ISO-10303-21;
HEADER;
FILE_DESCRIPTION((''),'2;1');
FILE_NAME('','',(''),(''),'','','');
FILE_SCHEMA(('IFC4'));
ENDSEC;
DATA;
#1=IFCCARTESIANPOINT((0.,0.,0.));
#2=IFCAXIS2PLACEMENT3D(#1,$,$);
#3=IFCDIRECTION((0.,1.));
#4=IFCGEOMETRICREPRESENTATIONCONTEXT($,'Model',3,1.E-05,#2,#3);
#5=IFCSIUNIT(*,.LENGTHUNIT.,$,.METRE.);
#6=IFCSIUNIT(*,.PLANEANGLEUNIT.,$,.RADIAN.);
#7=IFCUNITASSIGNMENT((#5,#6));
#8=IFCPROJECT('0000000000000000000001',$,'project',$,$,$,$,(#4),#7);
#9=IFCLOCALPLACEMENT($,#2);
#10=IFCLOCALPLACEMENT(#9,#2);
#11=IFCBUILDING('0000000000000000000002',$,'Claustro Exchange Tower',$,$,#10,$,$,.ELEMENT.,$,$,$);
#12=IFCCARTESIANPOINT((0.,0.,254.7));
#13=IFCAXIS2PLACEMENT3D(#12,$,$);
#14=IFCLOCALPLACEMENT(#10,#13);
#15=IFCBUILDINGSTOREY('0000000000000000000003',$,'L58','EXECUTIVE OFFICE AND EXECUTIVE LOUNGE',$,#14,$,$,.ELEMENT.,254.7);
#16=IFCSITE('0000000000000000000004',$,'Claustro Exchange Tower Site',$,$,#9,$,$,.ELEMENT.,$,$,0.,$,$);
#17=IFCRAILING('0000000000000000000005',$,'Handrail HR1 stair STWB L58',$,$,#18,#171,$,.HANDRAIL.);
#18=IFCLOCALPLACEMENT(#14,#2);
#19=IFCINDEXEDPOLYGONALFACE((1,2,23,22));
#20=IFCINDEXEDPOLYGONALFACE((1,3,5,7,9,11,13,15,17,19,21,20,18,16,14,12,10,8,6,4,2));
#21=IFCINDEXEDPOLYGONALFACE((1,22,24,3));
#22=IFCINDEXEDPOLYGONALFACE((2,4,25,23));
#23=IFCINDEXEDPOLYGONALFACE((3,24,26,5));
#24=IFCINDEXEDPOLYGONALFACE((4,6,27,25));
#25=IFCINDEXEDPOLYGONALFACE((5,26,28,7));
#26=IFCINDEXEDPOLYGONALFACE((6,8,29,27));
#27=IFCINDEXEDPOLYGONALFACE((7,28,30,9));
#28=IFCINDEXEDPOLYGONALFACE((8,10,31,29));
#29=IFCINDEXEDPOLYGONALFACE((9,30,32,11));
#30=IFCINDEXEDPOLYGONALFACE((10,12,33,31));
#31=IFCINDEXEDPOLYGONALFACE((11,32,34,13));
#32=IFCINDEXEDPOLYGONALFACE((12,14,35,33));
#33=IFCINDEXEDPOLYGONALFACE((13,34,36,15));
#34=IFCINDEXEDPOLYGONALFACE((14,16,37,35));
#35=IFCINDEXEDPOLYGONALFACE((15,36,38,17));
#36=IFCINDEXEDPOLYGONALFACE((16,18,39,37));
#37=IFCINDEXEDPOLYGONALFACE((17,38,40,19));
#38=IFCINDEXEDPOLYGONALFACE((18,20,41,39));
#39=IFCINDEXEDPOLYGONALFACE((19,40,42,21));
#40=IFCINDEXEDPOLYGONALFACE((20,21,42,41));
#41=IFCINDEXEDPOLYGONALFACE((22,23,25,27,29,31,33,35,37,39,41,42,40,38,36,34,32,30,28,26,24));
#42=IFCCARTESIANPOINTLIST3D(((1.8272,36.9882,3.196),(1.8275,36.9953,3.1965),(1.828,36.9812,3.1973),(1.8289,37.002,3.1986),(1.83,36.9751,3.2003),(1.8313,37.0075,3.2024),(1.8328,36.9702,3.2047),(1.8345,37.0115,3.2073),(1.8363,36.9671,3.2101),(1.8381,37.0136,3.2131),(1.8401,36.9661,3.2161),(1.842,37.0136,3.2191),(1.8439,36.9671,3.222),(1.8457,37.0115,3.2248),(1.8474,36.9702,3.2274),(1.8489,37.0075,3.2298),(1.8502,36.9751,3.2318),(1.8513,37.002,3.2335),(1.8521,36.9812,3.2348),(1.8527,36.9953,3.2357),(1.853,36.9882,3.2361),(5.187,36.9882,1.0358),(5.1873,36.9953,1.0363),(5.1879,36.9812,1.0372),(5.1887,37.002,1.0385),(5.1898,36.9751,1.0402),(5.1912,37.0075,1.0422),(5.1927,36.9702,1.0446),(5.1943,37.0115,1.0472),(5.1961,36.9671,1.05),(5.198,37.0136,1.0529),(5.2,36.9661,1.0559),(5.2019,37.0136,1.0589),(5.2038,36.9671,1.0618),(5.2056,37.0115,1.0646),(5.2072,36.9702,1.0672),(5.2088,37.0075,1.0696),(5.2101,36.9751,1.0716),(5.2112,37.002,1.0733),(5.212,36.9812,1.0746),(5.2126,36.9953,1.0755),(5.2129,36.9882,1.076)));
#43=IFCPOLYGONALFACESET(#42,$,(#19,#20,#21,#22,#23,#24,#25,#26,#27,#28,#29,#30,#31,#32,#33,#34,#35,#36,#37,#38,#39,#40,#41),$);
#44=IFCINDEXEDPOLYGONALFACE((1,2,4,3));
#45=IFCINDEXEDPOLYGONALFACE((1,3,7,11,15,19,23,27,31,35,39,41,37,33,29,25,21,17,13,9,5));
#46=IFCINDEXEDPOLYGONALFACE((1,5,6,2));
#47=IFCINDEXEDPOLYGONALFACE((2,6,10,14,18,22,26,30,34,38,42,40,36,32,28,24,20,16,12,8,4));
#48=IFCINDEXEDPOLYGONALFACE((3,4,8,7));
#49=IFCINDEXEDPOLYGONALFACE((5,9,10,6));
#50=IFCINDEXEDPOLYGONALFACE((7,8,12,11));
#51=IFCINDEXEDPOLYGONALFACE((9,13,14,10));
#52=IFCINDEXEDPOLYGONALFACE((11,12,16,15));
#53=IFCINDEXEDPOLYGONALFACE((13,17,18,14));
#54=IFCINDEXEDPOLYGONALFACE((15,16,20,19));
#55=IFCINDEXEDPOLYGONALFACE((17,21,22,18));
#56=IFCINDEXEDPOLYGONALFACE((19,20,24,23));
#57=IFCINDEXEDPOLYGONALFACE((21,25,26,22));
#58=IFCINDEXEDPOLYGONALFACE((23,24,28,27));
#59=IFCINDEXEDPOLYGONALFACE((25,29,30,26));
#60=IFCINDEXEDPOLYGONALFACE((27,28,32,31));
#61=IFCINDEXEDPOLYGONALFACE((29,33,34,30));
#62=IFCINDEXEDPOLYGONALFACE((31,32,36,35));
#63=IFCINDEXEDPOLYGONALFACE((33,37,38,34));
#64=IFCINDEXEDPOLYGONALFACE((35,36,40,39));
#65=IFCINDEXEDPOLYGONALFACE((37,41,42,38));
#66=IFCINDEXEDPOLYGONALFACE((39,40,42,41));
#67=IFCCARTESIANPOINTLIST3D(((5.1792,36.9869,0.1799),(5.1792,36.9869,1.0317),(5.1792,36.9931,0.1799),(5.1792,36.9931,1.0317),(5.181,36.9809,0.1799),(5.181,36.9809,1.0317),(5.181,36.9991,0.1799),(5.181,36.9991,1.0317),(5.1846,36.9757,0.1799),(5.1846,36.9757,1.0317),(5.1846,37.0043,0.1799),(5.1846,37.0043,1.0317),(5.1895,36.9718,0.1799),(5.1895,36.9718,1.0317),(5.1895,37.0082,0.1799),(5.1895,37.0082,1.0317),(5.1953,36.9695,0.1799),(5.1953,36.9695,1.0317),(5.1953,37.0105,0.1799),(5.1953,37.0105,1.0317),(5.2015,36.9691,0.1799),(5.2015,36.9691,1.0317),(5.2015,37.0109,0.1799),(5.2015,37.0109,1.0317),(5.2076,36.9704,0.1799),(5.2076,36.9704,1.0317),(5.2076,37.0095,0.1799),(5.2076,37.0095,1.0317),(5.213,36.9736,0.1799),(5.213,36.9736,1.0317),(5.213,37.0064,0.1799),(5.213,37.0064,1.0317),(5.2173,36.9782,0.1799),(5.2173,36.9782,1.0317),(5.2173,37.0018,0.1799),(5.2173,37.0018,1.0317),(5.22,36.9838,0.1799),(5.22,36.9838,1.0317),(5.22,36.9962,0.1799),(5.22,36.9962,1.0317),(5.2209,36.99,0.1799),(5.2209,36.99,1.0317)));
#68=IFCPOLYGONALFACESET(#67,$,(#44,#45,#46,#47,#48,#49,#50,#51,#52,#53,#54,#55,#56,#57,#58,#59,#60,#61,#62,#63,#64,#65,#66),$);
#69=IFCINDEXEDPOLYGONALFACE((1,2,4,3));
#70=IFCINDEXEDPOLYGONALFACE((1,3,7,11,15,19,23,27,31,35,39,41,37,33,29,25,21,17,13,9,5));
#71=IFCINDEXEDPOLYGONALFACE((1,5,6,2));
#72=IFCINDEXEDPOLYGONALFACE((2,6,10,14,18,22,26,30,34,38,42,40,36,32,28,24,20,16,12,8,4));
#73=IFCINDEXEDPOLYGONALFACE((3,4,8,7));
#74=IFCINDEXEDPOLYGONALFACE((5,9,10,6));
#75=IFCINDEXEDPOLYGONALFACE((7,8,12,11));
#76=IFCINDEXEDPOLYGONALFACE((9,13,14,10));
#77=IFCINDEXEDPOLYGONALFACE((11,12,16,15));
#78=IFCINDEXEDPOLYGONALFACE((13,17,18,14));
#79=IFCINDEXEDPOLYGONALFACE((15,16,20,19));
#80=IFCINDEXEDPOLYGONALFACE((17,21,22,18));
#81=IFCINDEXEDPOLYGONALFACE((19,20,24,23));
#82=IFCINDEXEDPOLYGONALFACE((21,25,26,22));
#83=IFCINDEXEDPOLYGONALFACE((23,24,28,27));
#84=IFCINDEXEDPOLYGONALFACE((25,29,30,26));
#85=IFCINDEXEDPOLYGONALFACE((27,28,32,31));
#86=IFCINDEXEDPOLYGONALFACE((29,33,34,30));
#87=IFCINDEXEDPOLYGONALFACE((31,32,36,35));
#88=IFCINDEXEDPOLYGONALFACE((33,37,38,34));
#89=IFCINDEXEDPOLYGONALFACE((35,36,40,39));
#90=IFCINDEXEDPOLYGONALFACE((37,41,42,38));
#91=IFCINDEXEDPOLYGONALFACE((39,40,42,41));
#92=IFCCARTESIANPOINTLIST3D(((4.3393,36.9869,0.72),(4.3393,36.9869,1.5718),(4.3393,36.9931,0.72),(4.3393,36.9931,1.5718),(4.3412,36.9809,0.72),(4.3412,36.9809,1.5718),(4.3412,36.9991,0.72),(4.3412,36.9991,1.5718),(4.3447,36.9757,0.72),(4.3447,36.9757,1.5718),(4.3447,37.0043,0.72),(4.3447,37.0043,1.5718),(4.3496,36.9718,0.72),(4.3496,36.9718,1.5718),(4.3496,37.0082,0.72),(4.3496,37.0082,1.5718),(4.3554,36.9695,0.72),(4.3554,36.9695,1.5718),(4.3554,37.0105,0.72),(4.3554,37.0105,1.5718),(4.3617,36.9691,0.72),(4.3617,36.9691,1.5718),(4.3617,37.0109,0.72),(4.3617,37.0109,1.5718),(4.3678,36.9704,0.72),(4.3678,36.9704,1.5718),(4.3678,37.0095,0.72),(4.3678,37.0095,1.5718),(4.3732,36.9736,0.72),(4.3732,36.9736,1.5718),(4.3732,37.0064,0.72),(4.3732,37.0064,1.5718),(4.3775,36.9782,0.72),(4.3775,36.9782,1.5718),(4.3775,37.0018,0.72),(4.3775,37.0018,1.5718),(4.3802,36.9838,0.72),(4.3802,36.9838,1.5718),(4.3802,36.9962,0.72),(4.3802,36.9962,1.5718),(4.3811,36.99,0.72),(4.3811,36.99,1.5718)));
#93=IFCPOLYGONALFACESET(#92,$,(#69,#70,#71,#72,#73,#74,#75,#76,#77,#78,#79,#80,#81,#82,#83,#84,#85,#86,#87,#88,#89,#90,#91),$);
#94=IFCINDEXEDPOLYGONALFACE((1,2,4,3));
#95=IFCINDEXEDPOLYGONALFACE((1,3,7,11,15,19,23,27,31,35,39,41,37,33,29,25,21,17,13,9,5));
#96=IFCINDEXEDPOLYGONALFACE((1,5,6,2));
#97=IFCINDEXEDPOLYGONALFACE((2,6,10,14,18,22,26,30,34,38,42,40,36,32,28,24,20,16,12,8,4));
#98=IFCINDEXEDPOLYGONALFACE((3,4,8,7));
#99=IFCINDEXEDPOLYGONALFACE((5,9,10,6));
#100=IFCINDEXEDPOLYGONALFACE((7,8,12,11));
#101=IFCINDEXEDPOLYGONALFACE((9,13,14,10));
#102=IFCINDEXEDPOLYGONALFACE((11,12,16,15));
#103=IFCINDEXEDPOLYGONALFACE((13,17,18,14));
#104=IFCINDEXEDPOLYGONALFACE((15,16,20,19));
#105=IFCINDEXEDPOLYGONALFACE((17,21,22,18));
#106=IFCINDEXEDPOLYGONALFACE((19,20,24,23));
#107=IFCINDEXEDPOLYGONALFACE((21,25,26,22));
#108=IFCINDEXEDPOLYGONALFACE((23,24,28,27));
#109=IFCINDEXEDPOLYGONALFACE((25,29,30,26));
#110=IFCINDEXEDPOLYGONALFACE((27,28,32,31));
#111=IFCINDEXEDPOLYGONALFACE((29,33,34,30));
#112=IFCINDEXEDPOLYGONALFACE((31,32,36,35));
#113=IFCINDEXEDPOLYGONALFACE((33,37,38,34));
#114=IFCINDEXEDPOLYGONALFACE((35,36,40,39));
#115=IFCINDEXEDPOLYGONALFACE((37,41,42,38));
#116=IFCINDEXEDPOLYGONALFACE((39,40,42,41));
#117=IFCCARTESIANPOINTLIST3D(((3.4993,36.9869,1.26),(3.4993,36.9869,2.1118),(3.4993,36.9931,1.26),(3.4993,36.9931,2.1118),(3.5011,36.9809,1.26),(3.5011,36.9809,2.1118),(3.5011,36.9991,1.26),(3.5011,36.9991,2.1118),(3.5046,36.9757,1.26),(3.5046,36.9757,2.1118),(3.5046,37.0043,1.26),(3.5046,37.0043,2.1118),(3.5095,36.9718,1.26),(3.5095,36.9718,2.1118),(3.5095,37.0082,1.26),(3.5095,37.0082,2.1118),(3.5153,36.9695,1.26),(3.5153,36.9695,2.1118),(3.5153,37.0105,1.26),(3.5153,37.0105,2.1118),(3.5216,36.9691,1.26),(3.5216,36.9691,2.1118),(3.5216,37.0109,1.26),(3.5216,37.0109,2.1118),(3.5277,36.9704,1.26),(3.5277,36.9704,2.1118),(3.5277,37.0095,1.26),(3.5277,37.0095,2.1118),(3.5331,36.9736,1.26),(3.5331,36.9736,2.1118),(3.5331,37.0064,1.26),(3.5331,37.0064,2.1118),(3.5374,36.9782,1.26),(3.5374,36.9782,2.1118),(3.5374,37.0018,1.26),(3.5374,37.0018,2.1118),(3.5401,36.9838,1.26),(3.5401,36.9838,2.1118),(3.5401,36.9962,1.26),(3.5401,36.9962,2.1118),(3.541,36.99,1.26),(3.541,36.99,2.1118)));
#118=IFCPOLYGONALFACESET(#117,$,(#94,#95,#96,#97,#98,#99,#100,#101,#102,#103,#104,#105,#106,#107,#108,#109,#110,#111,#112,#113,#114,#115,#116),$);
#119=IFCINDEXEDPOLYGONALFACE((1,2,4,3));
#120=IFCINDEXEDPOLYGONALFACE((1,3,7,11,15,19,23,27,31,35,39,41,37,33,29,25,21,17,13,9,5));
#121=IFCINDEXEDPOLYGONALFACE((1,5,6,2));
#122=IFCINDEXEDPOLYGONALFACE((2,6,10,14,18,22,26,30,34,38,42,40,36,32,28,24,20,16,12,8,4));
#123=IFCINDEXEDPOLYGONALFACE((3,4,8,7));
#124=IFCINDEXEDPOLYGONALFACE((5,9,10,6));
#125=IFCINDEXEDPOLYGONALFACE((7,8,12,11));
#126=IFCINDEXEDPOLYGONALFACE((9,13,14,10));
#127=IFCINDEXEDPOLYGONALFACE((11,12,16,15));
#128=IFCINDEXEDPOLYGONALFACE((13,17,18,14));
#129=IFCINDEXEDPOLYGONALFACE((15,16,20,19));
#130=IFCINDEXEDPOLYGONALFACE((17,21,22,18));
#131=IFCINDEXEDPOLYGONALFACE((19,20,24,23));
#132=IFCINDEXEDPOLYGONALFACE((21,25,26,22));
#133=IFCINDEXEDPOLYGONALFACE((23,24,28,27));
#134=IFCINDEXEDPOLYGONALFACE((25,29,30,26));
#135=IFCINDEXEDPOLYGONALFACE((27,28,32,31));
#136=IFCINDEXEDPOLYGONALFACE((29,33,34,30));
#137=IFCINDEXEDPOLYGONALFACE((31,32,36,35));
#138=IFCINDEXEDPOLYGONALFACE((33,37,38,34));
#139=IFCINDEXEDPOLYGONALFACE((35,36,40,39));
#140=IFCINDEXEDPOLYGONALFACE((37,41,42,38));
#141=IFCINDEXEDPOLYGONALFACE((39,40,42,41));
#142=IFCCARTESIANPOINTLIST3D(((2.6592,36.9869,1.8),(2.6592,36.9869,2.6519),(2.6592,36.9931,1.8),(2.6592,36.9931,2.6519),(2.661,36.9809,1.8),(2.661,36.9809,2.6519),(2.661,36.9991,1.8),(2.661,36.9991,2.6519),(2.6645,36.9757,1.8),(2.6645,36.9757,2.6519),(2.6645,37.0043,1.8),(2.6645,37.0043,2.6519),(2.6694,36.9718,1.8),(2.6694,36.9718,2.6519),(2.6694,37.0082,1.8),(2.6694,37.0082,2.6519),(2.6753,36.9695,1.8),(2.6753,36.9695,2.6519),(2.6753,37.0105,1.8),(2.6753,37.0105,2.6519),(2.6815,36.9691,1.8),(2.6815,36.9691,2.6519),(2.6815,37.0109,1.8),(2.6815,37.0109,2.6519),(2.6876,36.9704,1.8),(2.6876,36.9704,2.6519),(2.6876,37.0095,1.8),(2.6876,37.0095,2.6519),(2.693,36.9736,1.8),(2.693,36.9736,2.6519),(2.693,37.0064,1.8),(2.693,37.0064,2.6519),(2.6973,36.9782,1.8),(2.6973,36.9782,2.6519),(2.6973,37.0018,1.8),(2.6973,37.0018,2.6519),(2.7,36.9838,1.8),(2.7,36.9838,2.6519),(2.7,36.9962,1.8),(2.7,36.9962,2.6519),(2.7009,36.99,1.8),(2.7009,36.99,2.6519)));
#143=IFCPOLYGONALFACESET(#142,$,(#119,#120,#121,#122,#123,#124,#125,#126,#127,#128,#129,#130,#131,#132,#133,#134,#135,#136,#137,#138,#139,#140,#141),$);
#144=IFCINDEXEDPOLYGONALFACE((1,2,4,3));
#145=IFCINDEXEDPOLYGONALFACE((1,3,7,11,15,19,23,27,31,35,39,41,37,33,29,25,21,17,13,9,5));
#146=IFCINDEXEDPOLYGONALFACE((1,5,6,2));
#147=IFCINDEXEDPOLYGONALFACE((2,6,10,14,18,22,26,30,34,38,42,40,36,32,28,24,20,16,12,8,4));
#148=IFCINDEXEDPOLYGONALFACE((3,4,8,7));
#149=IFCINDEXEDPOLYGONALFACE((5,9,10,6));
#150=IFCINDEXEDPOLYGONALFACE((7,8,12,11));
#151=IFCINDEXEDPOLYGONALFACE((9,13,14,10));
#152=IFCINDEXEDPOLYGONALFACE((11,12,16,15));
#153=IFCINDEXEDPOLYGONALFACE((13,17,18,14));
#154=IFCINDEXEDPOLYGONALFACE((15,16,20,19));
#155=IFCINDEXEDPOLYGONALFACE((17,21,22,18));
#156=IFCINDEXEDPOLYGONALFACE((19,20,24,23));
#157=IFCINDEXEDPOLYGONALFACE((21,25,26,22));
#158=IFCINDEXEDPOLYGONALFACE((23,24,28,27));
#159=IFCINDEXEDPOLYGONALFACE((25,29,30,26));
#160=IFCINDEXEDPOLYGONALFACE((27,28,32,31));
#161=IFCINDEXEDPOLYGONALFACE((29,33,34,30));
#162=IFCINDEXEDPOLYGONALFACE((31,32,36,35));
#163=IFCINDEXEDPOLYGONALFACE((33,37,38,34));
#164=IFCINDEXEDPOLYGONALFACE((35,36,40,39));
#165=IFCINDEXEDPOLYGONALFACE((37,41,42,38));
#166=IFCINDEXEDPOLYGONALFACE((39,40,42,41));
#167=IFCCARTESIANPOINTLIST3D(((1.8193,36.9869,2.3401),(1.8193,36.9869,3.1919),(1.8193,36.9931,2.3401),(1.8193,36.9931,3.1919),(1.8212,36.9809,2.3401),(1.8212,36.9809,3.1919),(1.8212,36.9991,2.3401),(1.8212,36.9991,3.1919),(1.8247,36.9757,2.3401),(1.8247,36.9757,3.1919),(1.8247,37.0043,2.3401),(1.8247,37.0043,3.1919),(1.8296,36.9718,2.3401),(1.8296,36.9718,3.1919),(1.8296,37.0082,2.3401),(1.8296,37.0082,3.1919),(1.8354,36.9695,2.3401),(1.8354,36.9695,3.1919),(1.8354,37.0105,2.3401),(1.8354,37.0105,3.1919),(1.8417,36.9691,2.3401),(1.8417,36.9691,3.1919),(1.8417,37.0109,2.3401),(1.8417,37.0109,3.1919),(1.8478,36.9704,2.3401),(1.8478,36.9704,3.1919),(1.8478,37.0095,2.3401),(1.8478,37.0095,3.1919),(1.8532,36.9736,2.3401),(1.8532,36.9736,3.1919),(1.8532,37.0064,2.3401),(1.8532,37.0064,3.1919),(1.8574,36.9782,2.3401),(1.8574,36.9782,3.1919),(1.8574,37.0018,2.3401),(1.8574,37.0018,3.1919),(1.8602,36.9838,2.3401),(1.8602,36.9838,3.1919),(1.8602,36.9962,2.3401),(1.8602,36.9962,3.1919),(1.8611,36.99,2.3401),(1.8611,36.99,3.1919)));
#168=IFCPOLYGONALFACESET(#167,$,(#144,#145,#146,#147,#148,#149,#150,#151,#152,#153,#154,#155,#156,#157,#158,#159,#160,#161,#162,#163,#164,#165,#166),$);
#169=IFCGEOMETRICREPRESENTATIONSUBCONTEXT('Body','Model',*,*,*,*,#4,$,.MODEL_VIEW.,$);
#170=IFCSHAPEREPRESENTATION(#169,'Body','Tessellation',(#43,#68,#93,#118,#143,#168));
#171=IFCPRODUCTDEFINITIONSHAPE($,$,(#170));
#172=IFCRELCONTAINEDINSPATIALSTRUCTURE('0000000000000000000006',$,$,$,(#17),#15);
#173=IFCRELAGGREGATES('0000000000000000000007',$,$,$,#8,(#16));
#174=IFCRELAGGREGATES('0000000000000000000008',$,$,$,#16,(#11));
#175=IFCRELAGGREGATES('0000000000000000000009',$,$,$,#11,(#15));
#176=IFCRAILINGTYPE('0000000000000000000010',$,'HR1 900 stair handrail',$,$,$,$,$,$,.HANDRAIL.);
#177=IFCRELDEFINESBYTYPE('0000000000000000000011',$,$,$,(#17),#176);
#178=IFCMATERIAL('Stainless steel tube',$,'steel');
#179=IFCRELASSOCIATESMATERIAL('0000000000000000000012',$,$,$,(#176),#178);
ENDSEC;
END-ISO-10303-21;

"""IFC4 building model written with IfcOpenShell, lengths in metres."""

from ifc_helpers import new_model, si_unit, direction, frame, origin, origin_2d, place, context, subcontext, project, spatial, circle, extrude, material, type_object, element, save


model = new_model("IFC4")

# Units and contexts
model_context = context("Model", 3, precision=1e-05, world=origin(), true_north=direction((0.0, 1.0)))
body_context = subcontext(model_context, "Body", "Model", "MODEL_VIEW")
ifc_project = project(units=[si_unit("LENGTHUNIT", "METRE"), si_unit("PLANEANGLEUNIT", "RADIAN")], contexts=[model_context])

# Site, building, storey
site_placement = place(None, origin())
site = spatial("IfcSite", under=ifc_project, at=site_placement, Name="Claustro Exchange Tower Site", CompositionType="ELEMENT", RefElevation=0.0)
building_placement = place(site_placement, origin())
building = spatial("IfcBuilding", under=site, at=building_placement, Name="Claustro Exchange Tower", CompositionType="ELEMENT")
storey_placement = place(building_placement, frame((0.0, 0.0, 254.7)))
storey = spatial("IfcBuildingStorey", under=building, at=storey_placement, Name="L58", Description="EXECUTIVE OFFICE AND EXECUTIVE LOUNGE", CompositionType="ELEMENT", Elevation=254.7)

# Railing
ifc_material_1 = material(Name="Stainless steel tube", Category="steel")
railing_type_1 = type_object("IfcRailingType", Name="HR1 900 stair handrail", PredefinedType="HANDRAIL", material=ifc_material_1)
railing_1_placement = place(storey_placement, frame((5.2, 36.99, 0.1799)))
element("IfcRailing", 1, at=railing_1_placement, inside=storey, type_object=railing_type_1, Name="Handrail HR1 stair STWB L58", PredefinedType="HANDRAIL", context=body_context, shape_type="SweptSolid", body=[
    extrude(circle(Radius=0.0239, at=origin_2d()), frame((0.0, 0.0, 0.876), z_axis=(-0.841151, 0.0, 0.540801), x_axis=(0.0, -1.0, 0.0)), (0.0, 0.0, 1.0), 3.9944),
    extrude(circle(Radius=0.021, at=origin_2d()), origin(), (0.0, 0.0, 1.0), 0.8518),
    extrude(circle(Radius=0.021, at=origin_2d()), frame((-0.8398, 0.0, 0.54)), (0.0, 0.0, 1.0), 0.8518),
    extrude(circle(Radius=0.021, at=origin_2d()), frame((-1.6799, 0.0, 1.0801)), (0.0, 0.0, 1.0), 0.8518),
    extrude(circle(Radius=0.021, at=origin_2d()), frame((-2.52, 0.0, 1.6201)), (0.0, 0.0, 1.0), 0.8518),
    extrude(circle(Radius=0.021, at=origin_2d()), frame((-3.3599, 0.0, 2.1602)), (0.0, 0.0, 1.0), 0.8518),
])

save(model, "model.ifc")
